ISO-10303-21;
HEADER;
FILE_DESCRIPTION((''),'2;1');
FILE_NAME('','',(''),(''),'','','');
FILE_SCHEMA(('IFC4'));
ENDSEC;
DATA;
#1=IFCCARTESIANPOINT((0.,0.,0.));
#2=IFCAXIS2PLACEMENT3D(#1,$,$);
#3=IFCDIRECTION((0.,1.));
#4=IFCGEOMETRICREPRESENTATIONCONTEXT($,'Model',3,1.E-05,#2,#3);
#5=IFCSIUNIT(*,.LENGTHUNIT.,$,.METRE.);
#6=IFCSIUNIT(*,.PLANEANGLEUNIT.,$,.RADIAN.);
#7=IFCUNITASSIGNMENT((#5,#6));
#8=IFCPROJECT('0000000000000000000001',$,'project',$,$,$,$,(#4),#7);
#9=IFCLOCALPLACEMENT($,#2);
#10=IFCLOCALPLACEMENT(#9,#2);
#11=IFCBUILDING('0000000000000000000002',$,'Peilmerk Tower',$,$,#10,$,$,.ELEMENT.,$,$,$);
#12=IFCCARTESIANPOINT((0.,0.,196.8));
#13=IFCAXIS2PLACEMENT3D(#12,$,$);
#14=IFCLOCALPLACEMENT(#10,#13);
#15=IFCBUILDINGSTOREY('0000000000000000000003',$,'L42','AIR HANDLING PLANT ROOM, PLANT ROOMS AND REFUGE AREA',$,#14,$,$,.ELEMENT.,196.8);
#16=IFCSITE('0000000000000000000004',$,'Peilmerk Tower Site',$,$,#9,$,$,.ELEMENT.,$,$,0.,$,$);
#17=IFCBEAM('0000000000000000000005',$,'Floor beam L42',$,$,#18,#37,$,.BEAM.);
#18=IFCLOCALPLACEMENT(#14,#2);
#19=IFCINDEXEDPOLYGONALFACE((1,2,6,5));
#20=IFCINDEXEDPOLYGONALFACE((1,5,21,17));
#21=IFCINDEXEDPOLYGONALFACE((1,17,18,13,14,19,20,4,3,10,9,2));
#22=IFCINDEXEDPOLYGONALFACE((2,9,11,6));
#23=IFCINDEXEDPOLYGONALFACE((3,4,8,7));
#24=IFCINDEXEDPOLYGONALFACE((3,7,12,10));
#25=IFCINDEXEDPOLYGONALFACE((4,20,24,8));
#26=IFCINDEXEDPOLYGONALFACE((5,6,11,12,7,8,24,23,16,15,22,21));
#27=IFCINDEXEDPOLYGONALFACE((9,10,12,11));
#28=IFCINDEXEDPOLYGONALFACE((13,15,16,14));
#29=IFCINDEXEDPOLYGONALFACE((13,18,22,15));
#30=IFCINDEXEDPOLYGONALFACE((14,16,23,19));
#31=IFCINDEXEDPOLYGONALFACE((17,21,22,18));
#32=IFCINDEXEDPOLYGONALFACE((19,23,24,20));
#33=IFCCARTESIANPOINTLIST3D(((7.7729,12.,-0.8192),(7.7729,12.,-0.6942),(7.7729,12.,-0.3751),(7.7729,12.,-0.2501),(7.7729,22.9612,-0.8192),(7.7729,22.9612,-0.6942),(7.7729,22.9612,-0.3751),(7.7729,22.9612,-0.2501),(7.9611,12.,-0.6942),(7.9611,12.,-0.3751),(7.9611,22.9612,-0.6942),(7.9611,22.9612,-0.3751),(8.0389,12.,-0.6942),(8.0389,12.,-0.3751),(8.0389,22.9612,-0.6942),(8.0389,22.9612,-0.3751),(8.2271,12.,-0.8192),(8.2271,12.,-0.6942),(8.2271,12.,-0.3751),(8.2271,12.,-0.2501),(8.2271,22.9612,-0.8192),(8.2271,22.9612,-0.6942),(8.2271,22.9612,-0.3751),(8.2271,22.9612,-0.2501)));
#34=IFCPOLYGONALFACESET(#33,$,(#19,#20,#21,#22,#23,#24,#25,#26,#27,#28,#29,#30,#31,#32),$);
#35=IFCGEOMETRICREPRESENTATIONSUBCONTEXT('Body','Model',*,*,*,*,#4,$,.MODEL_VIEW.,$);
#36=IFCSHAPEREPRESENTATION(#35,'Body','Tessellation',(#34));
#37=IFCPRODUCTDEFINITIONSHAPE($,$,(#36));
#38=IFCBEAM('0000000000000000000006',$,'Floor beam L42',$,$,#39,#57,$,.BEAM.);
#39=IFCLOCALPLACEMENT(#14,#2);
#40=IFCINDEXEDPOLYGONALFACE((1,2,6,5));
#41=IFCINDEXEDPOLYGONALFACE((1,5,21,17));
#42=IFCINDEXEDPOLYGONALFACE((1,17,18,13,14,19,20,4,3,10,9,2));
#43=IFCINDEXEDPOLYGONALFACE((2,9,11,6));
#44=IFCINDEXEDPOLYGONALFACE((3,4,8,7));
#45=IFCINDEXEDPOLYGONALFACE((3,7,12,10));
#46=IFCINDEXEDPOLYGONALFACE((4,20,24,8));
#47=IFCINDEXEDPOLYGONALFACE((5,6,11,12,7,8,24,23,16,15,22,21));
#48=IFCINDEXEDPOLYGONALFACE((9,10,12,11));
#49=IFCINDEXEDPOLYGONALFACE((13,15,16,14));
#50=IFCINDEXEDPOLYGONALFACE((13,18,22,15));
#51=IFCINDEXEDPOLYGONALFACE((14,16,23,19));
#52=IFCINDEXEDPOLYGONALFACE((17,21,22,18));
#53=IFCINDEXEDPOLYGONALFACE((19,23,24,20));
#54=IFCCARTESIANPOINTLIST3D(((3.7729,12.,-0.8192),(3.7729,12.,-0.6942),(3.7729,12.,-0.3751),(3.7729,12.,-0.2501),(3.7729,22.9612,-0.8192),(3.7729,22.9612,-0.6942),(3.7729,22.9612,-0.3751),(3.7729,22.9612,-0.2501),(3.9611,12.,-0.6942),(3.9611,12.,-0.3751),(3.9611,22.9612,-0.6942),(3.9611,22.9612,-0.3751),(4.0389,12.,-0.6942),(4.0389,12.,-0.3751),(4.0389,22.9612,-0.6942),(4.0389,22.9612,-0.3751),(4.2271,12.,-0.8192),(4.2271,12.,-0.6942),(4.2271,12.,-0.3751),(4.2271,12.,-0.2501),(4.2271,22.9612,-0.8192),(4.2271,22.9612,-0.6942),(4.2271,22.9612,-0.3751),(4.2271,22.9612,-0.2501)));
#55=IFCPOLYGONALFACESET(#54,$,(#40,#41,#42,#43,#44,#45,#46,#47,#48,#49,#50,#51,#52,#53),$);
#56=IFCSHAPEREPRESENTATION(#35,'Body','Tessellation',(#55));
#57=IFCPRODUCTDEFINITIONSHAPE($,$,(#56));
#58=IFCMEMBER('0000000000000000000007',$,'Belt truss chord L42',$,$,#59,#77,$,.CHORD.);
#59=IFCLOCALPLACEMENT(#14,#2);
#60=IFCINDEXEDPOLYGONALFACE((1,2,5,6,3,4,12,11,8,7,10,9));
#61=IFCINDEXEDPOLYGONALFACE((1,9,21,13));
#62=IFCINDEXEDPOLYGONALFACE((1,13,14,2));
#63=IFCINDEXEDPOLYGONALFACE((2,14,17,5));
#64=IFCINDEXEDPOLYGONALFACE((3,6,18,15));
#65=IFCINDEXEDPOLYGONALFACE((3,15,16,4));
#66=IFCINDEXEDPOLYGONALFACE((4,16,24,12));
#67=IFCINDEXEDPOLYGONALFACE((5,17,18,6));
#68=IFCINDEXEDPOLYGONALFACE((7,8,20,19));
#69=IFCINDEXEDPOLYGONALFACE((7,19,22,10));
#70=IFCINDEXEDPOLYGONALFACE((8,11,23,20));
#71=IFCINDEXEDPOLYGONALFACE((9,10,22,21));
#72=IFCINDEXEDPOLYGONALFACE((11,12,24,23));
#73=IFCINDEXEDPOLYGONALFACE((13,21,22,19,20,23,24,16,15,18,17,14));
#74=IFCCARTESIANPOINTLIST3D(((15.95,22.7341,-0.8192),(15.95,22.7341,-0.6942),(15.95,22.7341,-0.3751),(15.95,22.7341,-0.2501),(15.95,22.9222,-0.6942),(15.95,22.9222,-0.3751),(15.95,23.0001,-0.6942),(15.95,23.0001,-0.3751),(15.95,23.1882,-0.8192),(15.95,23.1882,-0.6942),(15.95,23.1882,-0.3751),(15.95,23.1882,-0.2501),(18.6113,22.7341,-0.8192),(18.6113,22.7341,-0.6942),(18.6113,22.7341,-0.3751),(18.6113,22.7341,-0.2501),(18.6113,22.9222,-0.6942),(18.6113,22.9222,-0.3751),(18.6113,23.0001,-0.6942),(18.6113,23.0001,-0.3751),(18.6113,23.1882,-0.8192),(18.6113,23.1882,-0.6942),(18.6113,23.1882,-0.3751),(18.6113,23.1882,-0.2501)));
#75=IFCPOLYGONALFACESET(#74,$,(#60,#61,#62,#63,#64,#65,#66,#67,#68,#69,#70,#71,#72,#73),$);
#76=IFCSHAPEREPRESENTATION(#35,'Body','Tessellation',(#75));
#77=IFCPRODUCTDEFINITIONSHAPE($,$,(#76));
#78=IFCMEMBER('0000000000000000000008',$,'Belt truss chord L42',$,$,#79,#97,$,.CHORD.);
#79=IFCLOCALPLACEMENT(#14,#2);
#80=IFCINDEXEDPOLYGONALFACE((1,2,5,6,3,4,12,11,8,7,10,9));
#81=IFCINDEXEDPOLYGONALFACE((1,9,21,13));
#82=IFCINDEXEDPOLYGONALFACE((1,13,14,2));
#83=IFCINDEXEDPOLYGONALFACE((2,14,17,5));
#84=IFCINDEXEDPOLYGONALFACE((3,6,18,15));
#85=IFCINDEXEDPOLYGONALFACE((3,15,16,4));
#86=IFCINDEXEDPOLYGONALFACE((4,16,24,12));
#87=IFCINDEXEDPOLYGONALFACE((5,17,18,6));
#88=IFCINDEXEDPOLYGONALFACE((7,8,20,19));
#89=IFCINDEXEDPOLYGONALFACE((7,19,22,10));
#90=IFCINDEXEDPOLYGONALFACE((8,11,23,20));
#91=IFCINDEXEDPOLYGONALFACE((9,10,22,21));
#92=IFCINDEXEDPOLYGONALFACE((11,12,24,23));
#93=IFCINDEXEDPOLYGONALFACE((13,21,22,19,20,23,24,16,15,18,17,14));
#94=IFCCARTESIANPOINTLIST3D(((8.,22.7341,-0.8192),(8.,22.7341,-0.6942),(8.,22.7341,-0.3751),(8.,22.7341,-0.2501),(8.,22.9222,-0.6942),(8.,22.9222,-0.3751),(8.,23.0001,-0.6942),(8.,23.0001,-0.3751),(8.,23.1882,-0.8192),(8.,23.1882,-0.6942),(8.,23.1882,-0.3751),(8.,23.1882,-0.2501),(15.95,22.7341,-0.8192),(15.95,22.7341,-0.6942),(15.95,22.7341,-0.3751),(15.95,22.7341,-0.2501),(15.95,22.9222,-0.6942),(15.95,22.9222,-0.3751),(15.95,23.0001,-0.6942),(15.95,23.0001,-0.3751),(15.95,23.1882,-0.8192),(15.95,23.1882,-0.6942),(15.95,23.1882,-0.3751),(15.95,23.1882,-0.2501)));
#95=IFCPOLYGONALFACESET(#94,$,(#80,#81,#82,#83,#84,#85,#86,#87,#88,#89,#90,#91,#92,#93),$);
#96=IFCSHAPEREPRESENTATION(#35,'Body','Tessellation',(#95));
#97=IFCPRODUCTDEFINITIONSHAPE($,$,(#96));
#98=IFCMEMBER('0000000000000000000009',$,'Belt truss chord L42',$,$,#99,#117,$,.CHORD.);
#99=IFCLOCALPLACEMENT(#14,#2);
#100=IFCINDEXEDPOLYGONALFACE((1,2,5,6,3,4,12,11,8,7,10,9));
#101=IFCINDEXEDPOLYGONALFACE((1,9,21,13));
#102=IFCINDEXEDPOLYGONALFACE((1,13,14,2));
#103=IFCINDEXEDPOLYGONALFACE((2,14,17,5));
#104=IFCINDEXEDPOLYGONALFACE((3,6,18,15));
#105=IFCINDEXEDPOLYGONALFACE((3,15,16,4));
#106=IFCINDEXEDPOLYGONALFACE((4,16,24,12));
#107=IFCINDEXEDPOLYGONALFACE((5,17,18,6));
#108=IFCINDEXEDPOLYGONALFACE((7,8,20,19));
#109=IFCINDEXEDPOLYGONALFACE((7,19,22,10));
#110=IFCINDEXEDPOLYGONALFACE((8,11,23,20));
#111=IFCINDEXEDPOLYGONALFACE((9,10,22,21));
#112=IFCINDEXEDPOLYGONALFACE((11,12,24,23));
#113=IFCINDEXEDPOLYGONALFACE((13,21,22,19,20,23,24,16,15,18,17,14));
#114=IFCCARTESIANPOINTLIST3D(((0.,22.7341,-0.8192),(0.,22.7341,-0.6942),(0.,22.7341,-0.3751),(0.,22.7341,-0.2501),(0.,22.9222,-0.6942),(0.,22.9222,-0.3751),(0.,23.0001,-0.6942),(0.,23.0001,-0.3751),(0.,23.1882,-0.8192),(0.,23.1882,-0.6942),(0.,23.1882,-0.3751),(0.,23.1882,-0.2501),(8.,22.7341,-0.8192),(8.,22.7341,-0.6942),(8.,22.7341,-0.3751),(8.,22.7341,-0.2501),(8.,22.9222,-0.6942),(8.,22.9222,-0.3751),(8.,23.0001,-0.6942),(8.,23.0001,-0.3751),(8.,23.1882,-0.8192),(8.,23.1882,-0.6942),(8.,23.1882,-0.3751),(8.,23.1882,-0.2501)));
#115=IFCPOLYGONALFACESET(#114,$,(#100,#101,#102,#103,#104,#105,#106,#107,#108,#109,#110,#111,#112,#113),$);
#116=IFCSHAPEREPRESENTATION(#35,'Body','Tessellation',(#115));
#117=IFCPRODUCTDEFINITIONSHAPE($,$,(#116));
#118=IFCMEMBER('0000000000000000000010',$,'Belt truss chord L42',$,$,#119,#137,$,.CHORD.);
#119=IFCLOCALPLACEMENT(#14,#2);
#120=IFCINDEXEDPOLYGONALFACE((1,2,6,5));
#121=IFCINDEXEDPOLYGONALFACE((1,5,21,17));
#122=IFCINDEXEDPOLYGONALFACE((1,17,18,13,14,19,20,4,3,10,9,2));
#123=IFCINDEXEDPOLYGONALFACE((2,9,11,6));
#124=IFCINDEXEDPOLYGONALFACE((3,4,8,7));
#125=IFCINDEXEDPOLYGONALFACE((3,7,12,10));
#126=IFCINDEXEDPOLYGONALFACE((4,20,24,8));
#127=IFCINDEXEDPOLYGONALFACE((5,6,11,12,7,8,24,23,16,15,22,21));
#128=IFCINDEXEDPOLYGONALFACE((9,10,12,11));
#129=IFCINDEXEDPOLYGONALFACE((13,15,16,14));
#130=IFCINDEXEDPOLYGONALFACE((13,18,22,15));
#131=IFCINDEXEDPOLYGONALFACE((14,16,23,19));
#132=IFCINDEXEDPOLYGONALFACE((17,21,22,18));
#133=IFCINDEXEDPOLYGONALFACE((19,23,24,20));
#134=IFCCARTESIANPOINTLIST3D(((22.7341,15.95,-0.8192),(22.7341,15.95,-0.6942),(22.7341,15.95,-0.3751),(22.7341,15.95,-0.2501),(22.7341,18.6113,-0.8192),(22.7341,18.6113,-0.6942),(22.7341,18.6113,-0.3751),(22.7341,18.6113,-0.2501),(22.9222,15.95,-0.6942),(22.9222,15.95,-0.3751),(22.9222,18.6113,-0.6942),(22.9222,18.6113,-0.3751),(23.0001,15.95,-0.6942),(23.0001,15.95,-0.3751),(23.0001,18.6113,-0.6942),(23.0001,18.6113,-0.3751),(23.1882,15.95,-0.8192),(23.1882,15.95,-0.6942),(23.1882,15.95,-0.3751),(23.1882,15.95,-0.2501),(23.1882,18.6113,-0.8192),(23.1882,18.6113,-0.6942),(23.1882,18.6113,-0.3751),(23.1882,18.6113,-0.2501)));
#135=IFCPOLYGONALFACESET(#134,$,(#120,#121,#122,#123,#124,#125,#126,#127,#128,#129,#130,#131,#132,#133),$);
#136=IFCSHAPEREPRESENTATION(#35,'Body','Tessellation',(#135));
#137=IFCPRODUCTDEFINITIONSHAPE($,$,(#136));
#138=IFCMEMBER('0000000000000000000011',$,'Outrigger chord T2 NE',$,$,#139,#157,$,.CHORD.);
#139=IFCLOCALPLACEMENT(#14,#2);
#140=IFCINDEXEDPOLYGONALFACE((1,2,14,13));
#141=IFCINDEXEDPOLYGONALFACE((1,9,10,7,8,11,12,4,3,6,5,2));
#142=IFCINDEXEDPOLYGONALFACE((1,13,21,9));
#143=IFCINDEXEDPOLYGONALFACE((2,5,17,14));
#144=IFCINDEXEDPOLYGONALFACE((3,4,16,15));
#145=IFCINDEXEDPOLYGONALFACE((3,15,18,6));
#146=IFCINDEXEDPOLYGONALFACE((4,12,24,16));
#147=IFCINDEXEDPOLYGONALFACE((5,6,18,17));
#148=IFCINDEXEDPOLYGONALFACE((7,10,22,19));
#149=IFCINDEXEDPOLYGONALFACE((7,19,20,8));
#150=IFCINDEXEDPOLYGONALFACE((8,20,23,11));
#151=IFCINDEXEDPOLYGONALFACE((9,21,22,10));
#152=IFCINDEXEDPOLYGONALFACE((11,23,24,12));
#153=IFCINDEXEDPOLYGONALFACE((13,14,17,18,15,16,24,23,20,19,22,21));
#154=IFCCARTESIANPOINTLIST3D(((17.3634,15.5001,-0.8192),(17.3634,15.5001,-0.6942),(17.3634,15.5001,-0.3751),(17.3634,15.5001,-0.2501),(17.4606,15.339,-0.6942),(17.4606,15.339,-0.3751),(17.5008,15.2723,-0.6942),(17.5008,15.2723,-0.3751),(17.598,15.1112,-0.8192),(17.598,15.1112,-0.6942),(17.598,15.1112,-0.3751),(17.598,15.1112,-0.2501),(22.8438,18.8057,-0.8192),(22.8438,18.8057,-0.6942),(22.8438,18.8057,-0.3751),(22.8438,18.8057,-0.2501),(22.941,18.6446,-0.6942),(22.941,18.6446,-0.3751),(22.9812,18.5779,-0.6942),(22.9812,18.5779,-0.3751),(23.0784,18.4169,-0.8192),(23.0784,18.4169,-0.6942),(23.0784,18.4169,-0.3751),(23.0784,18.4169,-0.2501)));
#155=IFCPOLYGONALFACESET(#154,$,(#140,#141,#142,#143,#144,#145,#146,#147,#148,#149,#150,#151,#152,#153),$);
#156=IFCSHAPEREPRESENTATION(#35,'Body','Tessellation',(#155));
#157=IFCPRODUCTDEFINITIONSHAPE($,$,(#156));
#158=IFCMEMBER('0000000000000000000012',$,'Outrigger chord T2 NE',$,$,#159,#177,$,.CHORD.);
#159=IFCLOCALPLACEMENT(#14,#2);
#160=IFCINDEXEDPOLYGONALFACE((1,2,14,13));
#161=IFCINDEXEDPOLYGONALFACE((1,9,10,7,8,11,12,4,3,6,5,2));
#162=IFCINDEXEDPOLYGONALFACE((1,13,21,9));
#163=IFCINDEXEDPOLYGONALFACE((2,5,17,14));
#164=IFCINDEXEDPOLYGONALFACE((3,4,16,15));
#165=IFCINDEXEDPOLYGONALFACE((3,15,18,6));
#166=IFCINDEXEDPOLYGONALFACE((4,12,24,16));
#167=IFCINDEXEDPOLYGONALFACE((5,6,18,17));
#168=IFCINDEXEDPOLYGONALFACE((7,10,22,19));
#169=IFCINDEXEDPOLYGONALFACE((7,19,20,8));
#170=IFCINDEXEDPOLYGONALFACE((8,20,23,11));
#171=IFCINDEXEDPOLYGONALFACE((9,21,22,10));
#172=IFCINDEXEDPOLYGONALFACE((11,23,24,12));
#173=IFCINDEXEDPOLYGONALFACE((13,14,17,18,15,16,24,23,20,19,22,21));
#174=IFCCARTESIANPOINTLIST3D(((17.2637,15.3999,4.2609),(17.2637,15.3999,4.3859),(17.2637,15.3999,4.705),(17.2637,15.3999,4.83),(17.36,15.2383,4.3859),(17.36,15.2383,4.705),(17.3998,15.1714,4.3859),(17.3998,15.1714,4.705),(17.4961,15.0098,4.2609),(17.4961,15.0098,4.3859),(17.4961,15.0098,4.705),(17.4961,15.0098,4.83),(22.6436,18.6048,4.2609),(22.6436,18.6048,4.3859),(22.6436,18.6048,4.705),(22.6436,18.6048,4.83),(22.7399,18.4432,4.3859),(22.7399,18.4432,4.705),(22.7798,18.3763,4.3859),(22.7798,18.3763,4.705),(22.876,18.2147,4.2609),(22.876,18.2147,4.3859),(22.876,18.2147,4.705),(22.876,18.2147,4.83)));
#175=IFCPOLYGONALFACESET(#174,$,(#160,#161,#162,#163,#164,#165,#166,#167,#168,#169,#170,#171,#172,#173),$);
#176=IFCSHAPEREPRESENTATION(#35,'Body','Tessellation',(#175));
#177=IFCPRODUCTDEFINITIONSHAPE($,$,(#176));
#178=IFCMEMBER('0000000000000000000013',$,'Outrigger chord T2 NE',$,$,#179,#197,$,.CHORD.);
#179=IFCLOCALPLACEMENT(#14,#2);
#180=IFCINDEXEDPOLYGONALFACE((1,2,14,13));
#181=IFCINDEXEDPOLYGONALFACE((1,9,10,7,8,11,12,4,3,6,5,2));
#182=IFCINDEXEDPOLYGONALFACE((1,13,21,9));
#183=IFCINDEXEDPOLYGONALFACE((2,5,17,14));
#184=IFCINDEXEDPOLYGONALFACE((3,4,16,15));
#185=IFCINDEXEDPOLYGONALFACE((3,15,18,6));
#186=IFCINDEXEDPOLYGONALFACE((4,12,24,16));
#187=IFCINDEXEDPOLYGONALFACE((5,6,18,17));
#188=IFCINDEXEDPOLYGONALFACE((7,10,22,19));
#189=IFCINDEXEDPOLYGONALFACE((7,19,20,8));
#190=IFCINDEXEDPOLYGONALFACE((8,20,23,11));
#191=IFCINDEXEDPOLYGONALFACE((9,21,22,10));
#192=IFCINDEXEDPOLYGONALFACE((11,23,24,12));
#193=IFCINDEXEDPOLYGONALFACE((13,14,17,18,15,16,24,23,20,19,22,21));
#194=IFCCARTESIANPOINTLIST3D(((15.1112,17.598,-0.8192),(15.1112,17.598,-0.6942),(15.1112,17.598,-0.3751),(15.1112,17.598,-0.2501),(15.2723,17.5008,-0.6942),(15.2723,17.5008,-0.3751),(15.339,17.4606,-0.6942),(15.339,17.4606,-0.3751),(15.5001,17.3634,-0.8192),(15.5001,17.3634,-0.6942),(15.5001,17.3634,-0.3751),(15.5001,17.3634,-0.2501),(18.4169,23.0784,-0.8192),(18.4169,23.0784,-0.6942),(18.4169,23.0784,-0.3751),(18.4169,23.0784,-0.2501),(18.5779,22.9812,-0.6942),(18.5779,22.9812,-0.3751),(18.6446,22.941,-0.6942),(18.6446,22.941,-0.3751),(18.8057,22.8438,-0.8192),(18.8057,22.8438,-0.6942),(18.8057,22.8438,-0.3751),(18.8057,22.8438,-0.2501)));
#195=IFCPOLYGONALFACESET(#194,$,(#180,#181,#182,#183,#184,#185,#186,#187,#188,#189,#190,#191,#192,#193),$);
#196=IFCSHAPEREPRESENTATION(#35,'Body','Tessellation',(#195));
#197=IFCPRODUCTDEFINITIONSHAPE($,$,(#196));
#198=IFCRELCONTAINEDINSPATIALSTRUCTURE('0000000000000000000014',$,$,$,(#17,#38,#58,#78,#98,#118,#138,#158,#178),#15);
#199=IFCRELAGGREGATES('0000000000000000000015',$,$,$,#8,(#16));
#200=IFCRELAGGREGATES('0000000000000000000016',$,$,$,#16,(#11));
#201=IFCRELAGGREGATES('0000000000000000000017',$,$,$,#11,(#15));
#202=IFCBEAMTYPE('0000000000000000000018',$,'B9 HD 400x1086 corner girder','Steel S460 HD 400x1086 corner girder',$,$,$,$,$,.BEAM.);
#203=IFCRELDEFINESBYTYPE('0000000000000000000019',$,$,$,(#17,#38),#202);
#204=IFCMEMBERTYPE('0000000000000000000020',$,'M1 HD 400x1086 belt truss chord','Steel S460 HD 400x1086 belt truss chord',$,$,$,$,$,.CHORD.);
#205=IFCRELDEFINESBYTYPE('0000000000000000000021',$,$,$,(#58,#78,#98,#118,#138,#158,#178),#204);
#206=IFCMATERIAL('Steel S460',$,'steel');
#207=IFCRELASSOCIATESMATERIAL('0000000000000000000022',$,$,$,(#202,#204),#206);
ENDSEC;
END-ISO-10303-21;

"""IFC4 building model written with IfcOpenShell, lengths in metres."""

from ifc_helpers import new_model, si_unit, direction, frame, origin, origin_2d, place, context, subcontext, project, spatial, i_section, extrude, material, material_profile, profile_set, type_object, element, save


model = new_model("IFC4")

# Units and contexts
model_context = context("Model", 3, precision=1e-05, world=origin(), true_north=direction((0.0, 1.0)))
body_context = subcontext(model_context, "Body", "Model", "MODEL_VIEW")
ifc_project = project(units=[si_unit("LENGTHUNIT", "METRE"), si_unit("PLANEANGLEUNIT", "RADIAN")], contexts=[model_context])

# Site, building, storey
site_placement = place(None, origin())
site = spatial("IfcSite", under=ifc_project, at=site_placement, Name="Peilmerk Tower Site", CompositionType="ELEMENT", RefElevation=0.0)
building_placement = place(site_placement, origin())
building = spatial("IfcBuilding", under=site, at=building_placement, Name="Peilmerk Tower", CompositionType="ELEMENT")
storey_placement = place(building_placement, frame((0.0, 0.0, 196.8)))
storey = spatial("IfcBuildingStorey", under=building, at=storey_placement, Name="L42", Description="AIR HANDLING PLANT ROOM, PLANT ROOMS AND REFUGE AREA", CompositionType="ELEMENT", Elevation=196.8)

# Shared definitions
ifc_material_1 = material(Name="Steel S460", Category="steel")

# Beams
ifc_material_profile_1 = material_profile(ifc_material_1, i_section(OverallWidth=0.4541, OverallDepth=0.5691, WebThickness=0.0779, FlangeThickness=0.125, at=origin_2d()), Name="HD 400x1086")
ifc_profile_set_1 = profile_set([ifc_material_profile_1], Name="Steel S460")
beam_type_1 = type_object("IfcBeamType", Name="B9 HD 400x1086 corner girder", Description="Steel S460 HD 400x1086 corner girder", PredefinedType="BEAM", material=ifc_profile_set_1)
for number, where, z_axis, x_axis, name in (
    (1, (8.0, 12.0, -0.5347), (0.0, 1.0, 0.0), (-1.0, 0.0, 0.0), "Floor beam L42"),
    (2, (4.0, 12.0, -0.5347), (0.0, 1.0, 0.0), (-1.0, 0.0, 0.0), "Floor beam L42"),
):
    element("IfcBeam", number, at=place(storey_placement, frame(where, z_axis=z_axis, x_axis=x_axis)), inside=storey, type_object=beam_type_1, Name=name, PredefinedType="BEAM", context=body_context, shape_type="SweptSolid", body=[
        extrude(i_section(OverallWidth=0.4541, OverallDepth=0.5691, WebThickness=0.0779, FlangeThickness=0.125, at=origin_2d()), origin(), (0.0, 0.0, 1.0), 10.9612),
    ])

# Members
ifc_material_profile_2 = material_profile(ifc_material_1, i_section(OverallWidth=0.4541, OverallDepth=0.5691, WebThickness=0.0779, FlangeThickness=0.125, at=origin_2d()), Name="HD 400x1086")
ifc_profile_set_2 = profile_set([ifc_material_profile_2], Name="Steel S460")
member_type_1 = type_object("IfcMemberType", Name="M1 HD 400x1086 belt truss chord", Description="Steel S460 HD 400x1086 belt truss chord", PredefinedType="CHORD", material=ifc_profile_set_2)
member_1_placement = place(storey_placement, frame((18.6113, 22.9612, -0.5347), z_axis=(-1.0, 0.0, 0.0), x_axis=(0.0, -1.0, 0.0)))
element("IfcMember", 3, at=member_1_placement, inside=storey, type_object=member_type_1, Name="Belt truss chord L42", PredefinedType="CHORD", context=body_context, shape_type="SweptSolid", body=[
    extrude(i_section(OverallWidth=0.4541, OverallDepth=0.5691, WebThickness=0.0779, FlangeThickness=0.125, at=origin_2d()), origin(), (0.0, 0.0, 1.0), 2.6614),
])
member_2_placement = place(storey_placement, frame((15.95, 22.9612, -0.5347), z_axis=(-1.0, 0.0, 0.0), x_axis=(0.0, -1.0, 0.0)))
element("IfcMember", 4, at=member_2_placement, inside=storey, type_object=member_type_1, Name="Belt truss chord L42", PredefinedType="CHORD", context=body_context, shape_type="SweptSolid", body=[
    extrude(i_section(OverallWidth=0.4541, OverallDepth=0.5691, WebThickness=0.0779, FlangeThickness=0.125, at=origin_2d()), origin(), (0.0, 0.0, 1.0), 7.95),
])
member_3_placement = place(storey_placement, frame((8.0, 22.9612, -0.5347), z_axis=(-1.0, 0.0, 0.0), x_axis=(0.0, -1.0, 0.0)))
element("IfcMember", 5, at=member_3_placement, inside=storey, type_object=member_type_1, Name="Belt truss chord L42", PredefinedType="CHORD", context=body_context, shape_type="SweptSolid", body=[
    extrude(i_section(OverallWidth=0.4541, OverallDepth=0.5691, WebThickness=0.0779, FlangeThickness=0.125, at=origin_2d()), origin(), (0.0, 0.0, 1.0), 8.0),
])
member_4_placement = place(storey_placement, frame((22.9612, 15.95, -0.5347), z_axis=(0.0, 1.0, 0.0), x_axis=(-1.0, 0.0, 0.0)))
element("IfcMember", 6, at=member_4_placement, inside=storey, type_object=member_type_1, Name="Belt truss chord L42", PredefinedType="CHORD", context=body_context, shape_type="SweptSolid", body=[
    extrude(i_section(OverallWidth=0.4541, OverallDepth=0.5691, WebThickness=0.0779, FlangeThickness=0.125, at=origin_2d()), origin(), (0.0, 0.0, 1.0), 2.6614),
])
member_5_placement = place(storey_placement, frame((17.4807, 15.3057, -0.5347), z_axis=(0.856292, 0.516491, 0.0), x_axis=(-0.516491, 0.856292, 0.0)))
element("IfcMember", 7, at=member_5_placement, inside=storey, type_object=member_type_1, Name="Outrigger chord T2 NE", PredefinedType="CHORD", context=body_context, shape_type="SweptSolid", body=[
    extrude(i_section(OverallWidth=0.4541, OverallDepth=0.5691, WebThickness=0.0779, FlangeThickness=0.125, at=origin_2d()), origin(), (0.0, 0.0, 1.0), 6.4001),
])
member_6_placement = place(storey_placement, frame((17.3799, 15.2048, 4.5454), z_axis=(0.859116, 0.511781, 0.0), x_axis=(-0.511781, 0.859116, 0.0)))
element("IfcMember", 8, at=member_6_placement, inside=storey, type_object=member_type_1, Name="Outrigger chord T2 NE", PredefinedType="CHORD", context=body_context, shape_type="SweptSolid", body=[
    extrude(i_section(OverallWidth=0.4541, OverallDepth=0.5691, WebThickness=0.0779, FlangeThickness=0.125, at=origin_2d()), origin(), (0.0, 0.0, 1.0), 6.2622),
])
member_7_placement = place(storey_placement, frame((15.3057, 17.4807, -0.5347), z_axis=(0.516491, 0.856292, 0.0), x_axis=(-0.856292, 0.516491, 0.0)))
element("IfcMember", 9, at=member_7_placement, inside=storey, type_object=member_type_1, Name="Outrigger chord T2 NE", PredefinedType="CHORD", context=body_context, shape_type="SweptSolid", body=[
    extrude(i_section(OverallWidth=0.4541, OverallDepth=0.5691, WebThickness=0.0779, FlangeThickness=0.125, at=origin_2d()), origin(), (0.0, 0.0, 1.0), 6.4001),
])

save(model, "model.ifc")
